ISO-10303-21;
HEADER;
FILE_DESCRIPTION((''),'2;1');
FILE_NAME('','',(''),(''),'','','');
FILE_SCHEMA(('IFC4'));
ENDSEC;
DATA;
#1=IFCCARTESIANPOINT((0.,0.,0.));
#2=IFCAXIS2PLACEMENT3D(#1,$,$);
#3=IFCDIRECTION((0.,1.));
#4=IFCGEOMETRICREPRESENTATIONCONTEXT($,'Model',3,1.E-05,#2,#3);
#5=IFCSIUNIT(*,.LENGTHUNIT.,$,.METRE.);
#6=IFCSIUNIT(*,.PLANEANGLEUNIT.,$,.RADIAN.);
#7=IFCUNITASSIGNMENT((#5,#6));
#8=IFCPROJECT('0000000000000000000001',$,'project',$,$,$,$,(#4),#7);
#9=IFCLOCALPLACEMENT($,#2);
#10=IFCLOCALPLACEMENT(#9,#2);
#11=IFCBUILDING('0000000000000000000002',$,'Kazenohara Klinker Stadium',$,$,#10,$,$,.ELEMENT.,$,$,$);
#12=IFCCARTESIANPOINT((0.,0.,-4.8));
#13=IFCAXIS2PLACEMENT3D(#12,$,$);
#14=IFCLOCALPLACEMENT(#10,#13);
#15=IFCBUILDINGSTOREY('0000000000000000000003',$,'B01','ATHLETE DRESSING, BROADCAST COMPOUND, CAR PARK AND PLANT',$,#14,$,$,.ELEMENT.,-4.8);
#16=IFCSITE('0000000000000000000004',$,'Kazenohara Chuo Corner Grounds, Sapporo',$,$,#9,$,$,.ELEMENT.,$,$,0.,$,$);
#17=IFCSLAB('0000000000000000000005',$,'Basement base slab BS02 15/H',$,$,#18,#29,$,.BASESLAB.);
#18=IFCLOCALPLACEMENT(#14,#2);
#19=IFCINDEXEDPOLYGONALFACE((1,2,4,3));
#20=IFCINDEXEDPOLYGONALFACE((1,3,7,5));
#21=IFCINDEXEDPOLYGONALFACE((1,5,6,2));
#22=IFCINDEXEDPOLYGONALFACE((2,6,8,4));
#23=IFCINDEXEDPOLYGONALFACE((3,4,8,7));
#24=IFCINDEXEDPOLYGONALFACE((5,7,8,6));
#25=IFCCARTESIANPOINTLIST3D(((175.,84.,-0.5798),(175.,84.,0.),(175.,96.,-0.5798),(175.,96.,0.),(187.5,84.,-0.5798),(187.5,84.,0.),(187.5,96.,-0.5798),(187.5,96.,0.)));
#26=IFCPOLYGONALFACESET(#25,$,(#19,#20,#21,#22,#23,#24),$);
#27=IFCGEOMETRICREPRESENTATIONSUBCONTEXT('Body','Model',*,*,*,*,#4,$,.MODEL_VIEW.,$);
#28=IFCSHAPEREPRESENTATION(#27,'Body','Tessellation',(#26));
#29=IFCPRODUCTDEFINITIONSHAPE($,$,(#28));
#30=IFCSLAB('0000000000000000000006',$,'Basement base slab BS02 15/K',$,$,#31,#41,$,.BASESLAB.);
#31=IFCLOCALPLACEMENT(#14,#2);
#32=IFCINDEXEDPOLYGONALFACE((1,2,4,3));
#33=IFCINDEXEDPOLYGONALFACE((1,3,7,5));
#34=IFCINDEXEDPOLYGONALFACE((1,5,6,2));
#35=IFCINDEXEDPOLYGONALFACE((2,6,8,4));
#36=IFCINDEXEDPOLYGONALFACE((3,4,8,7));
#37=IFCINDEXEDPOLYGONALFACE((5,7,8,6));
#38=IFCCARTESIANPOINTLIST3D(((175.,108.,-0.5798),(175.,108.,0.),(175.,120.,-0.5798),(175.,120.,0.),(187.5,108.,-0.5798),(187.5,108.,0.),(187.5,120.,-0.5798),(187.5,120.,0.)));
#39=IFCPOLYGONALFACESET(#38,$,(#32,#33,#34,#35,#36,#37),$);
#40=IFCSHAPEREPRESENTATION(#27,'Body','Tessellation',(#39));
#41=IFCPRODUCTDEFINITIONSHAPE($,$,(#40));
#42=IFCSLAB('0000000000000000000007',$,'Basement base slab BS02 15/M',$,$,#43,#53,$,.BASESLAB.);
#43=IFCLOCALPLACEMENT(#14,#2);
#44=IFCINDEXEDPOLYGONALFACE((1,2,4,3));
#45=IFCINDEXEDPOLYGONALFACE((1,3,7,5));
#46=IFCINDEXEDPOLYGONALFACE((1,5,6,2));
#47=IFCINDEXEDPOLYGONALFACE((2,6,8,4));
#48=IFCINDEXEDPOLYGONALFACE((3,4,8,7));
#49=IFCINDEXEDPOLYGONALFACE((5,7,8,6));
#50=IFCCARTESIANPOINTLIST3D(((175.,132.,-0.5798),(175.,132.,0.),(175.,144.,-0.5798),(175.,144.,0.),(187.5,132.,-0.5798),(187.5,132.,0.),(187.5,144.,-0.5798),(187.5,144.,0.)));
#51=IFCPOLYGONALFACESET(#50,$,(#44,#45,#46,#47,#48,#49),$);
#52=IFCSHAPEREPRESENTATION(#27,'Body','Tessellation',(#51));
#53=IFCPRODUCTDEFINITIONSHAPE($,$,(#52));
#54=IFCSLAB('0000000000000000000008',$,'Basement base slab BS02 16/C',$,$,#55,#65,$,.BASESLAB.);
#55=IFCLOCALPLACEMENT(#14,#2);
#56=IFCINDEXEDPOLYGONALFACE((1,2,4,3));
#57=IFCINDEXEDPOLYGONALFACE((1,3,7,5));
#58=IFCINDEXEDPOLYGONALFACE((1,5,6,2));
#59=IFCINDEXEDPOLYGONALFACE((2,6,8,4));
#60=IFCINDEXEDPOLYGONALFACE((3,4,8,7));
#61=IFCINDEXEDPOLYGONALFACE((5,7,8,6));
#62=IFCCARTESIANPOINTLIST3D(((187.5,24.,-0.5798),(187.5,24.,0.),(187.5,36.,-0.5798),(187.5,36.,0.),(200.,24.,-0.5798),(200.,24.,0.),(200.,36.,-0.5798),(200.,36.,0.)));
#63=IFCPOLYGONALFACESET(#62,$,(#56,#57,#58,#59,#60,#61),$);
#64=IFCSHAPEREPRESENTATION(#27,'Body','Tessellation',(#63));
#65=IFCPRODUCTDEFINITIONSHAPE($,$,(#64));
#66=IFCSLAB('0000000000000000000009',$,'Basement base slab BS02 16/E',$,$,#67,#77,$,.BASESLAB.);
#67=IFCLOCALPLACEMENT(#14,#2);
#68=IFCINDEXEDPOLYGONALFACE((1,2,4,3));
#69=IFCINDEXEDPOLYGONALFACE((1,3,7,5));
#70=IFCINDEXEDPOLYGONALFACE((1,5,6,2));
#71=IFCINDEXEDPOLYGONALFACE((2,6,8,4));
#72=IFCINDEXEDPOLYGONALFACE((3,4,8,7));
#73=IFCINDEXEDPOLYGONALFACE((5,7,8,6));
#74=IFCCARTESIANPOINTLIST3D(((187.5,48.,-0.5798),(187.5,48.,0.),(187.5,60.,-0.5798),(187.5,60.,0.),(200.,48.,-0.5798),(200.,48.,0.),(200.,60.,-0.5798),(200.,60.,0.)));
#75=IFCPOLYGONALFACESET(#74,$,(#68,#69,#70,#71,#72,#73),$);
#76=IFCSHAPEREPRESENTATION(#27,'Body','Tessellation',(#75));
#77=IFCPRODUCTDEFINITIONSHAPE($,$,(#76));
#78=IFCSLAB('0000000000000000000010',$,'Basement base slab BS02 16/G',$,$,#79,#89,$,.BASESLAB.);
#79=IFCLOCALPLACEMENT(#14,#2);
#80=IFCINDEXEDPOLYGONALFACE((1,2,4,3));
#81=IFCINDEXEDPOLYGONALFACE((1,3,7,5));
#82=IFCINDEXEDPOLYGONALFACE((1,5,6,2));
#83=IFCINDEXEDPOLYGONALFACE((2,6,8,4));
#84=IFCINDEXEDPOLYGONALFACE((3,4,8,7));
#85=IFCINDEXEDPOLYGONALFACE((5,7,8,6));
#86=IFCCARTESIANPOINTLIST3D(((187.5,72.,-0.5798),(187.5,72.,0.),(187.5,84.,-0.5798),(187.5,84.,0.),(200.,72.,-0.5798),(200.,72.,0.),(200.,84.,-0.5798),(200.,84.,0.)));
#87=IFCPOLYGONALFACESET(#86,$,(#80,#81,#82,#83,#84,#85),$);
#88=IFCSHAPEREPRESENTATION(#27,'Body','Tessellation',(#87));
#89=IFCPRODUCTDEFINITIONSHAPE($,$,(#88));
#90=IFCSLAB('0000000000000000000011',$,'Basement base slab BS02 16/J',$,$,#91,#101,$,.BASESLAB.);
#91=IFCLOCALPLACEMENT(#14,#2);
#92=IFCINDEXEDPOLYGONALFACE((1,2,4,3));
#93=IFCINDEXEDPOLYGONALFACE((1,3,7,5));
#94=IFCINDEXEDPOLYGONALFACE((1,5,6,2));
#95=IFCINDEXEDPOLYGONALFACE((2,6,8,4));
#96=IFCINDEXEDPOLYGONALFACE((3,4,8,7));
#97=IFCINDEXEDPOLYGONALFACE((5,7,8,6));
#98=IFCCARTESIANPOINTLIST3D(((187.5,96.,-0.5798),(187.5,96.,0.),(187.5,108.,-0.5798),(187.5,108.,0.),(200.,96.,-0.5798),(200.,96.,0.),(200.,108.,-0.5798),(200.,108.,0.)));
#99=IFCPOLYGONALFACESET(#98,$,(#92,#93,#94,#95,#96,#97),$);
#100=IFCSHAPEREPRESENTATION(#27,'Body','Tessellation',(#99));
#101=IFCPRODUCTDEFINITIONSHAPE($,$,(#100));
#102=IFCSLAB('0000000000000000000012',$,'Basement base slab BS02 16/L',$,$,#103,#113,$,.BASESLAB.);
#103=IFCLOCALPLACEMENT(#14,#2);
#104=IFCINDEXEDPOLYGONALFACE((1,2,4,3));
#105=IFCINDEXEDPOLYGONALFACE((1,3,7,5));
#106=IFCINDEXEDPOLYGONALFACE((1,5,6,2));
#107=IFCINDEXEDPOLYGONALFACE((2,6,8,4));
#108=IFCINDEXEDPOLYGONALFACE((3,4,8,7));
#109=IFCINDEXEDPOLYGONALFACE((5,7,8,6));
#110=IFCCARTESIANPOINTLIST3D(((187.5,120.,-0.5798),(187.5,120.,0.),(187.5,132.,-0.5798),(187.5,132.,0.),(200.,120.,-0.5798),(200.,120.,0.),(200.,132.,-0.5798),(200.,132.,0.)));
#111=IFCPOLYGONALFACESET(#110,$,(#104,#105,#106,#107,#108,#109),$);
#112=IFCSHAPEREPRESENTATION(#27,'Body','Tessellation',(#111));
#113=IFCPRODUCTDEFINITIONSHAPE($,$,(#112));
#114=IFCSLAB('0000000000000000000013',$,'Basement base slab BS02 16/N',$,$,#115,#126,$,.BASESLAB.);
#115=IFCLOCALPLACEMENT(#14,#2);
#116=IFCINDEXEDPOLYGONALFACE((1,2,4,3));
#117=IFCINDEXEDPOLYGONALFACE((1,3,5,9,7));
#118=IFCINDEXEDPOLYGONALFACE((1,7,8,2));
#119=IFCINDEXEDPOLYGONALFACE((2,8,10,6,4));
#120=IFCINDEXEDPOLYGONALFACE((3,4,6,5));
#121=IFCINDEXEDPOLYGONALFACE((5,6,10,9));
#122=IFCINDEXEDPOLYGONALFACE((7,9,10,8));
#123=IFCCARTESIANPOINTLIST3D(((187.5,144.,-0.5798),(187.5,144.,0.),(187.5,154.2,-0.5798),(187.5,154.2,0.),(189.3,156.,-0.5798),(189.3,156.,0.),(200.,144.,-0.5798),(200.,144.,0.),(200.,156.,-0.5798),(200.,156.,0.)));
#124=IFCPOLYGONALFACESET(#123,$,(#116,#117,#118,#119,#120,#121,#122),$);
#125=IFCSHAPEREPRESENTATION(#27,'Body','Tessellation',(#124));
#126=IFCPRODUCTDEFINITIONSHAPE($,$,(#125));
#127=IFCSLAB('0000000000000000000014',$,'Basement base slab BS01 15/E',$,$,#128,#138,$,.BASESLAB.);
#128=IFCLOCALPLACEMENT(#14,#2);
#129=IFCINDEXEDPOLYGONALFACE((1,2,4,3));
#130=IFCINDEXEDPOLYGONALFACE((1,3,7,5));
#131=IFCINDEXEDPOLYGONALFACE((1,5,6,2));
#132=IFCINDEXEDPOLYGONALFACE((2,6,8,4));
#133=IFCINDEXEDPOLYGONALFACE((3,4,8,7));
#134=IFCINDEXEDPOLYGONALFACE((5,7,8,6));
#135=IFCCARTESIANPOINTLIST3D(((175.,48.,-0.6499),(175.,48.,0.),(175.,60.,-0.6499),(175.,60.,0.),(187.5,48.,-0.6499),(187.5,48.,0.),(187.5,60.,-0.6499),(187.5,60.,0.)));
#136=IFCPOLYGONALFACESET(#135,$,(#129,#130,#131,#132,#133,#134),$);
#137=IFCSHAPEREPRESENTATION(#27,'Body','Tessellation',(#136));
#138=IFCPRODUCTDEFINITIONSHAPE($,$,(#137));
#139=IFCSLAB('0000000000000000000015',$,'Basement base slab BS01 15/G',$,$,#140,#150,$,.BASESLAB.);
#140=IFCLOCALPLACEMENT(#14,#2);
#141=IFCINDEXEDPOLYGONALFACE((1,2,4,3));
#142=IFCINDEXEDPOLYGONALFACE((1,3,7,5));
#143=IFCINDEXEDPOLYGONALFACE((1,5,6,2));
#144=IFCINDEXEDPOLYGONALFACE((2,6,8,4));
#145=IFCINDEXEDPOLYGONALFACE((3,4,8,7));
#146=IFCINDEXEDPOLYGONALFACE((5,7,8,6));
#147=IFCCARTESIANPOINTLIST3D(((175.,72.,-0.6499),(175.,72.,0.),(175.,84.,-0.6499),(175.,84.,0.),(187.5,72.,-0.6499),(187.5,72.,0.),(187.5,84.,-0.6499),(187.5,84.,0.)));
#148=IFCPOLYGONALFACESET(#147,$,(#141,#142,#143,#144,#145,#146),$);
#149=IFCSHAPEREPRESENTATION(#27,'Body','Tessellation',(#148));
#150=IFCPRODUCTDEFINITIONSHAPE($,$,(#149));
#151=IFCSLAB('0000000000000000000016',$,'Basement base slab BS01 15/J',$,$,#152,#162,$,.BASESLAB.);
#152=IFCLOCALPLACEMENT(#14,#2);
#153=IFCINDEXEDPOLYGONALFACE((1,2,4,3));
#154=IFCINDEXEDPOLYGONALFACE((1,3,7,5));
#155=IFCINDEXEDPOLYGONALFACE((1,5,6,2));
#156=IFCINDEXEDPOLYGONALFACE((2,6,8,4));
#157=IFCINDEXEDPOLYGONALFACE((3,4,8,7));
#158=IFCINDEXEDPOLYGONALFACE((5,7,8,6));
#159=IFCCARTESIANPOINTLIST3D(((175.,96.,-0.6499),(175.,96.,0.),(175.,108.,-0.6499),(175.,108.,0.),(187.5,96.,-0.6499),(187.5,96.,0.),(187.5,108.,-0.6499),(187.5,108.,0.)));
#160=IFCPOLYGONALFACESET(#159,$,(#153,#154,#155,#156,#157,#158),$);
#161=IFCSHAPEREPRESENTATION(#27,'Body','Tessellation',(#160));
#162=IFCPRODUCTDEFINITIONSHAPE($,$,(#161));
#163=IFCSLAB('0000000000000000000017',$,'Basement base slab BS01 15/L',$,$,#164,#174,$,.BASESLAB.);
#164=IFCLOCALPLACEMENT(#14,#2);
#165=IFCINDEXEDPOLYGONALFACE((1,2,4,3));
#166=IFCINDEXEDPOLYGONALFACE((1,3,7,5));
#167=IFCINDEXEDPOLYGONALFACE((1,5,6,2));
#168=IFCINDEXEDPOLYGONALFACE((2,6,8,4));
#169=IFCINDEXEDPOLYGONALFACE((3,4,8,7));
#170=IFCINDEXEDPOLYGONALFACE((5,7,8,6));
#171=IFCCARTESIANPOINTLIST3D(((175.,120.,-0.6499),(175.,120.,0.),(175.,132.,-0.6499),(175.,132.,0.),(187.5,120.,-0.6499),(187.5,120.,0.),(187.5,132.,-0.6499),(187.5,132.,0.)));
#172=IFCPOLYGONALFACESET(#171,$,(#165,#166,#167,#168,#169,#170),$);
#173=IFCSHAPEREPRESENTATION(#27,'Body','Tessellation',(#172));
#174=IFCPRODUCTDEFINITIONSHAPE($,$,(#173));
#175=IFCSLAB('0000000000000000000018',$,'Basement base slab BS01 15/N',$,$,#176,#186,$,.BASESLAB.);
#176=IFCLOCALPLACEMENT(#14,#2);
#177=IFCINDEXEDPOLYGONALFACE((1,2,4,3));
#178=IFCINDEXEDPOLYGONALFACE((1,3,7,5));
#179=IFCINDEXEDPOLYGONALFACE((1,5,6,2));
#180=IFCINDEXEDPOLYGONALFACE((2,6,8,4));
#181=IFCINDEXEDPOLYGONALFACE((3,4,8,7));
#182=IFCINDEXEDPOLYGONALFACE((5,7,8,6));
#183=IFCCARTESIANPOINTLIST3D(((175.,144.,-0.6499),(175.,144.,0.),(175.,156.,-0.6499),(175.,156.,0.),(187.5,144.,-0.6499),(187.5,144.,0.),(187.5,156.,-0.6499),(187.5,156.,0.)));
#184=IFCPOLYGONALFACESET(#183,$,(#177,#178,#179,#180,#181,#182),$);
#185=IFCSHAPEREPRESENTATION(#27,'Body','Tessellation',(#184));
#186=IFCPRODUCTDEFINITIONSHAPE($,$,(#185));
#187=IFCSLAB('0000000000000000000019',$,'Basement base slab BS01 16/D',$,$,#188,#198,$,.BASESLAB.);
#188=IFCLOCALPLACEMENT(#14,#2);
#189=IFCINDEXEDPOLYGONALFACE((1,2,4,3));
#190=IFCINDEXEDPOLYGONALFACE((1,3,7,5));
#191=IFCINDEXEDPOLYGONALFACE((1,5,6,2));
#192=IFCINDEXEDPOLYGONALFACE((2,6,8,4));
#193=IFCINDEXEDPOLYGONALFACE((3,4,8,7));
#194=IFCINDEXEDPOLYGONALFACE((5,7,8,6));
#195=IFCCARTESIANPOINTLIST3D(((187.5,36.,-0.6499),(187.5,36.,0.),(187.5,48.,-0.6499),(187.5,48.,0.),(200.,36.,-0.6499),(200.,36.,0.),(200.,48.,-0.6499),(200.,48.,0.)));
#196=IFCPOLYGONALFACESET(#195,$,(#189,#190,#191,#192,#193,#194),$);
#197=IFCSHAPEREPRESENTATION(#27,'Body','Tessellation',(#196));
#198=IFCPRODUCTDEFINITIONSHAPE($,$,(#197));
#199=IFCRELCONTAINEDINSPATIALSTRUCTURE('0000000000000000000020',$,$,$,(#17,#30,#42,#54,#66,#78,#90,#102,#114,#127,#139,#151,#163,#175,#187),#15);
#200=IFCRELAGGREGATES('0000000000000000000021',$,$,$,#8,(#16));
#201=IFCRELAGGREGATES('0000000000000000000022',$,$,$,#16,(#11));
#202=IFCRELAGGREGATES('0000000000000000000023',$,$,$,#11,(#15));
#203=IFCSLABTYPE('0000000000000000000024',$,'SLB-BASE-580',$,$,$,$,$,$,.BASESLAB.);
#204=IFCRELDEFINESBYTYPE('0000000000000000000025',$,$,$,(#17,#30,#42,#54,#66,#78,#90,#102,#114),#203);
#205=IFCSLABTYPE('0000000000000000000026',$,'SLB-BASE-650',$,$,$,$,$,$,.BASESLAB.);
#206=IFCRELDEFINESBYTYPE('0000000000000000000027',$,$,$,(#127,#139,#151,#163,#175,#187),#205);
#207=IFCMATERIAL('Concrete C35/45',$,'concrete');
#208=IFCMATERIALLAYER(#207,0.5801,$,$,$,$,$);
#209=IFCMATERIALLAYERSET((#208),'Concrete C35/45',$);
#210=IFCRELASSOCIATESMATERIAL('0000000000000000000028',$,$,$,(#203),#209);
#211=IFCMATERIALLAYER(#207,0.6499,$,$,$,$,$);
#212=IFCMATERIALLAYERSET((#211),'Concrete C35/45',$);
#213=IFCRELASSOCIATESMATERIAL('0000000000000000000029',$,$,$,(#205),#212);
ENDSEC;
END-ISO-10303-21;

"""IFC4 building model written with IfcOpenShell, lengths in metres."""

from ifc_helpers import new_model, si_unit, direction, frame, origin, place, context, subcontext, project, spatial, polyline, outline, extrude, material, layer, layer_set, type_object, element, save


model = new_model("IFC4")

# Units and contexts
model_context = context("Model", 3, precision=1e-05, world=origin(), true_north=direction((0.0, 1.0)))
body_context = subcontext(model_context, "Body", "Model", "MODEL_VIEW")
ifc_project = project(units=[si_unit("LENGTHUNIT", "METRE"), si_unit("PLANEANGLEUNIT", "RADIAN")], contexts=[model_context])

# Site, building, storey
site_placement = place(None, origin())
site = spatial("IfcSite", under=ifc_project, at=site_placement, Name="Kazenohara Chuo Corner Grounds, Sapporo", CompositionType="ELEMENT", RefElevation=0.0)
building_placement = place(site_placement, origin())
building = spatial("IfcBuilding", under=site, at=building_placement, Name="Kazenohara Klinker Stadium", CompositionType="ELEMENT")
storey_placement = place(building_placement, frame((0.0, 0.0, -4.8)))
storey = spatial("IfcBuildingStorey", under=building, at=storey_placement, Name="B01", Description="ATHLETE DRESSING, BROADCAST COMPOUND, CAR PARK AND PLANT", CompositionType="ELEMENT", Elevation=-4.8)

# Shared definitions
ifc_material_1 = material(Name="Concrete C35/45", Category="concrete")

# Slabs
ifc_layer_1 = layer(ifc_material_1, 0.5801)
ifc_layer_set_1 = layer_set([ifc_layer_1], Name="Concrete C35/45")
slab_type_1 = type_object("IfcSlabType", Name="SLB-BASE-580", PredefinedType="BASESLAB", material=ifc_layer_set_1)
slab_1_placement = place(storey_placement, frame((0.0, 0.0, -0.5798)))
element("IfcSlab", 1, at=slab_1_placement, inside=storey, type_object=slab_type_1, Name="Basement base slab BS02 15/H", PredefinedType="BASESLAB", context=body_context, shape_type="SweptSolid", body=[
    extrude(outline(polyline([(175.0, 84.0), (187.5, 84.0), (187.5, 96.0), (175.0, 96.0), (175.0, 84.0)])), origin(), (0.0, 0.0, 1.0), 0.5798),
])
slab_2_placement = place(storey_placement, frame((0.0, 0.0, -0.5798)))
element("IfcSlab", 2, at=slab_2_placement, inside=storey, type_object=slab_type_1, Name="Basement base slab BS02 15/K", PredefinedType="BASESLAB", context=body_context, shape_type="SweptSolid", body=[
    extrude(outline(polyline([(175.0, 108.0), (187.5, 108.0), (187.5, 120.0), (175.0, 120.0), (175.0, 108.0)])), origin(), (0.0, 0.0, 1.0), 0.5798),
])
slab_3_placement = place(storey_placement, frame((0.0, 0.0, -0.5798)))
element("IfcSlab", 3, at=slab_3_placement, inside=storey, type_object=slab_type_1, Name="Basement base slab BS02 15/M", PredefinedType="BASESLAB", context=body_context, shape_type="SweptSolid", body=[
    extrude(outline(polyline([(175.0, 132.0), (187.5, 132.0), (187.5, 144.0), (175.0, 144.0), (175.0, 132.0)])), origin(), (0.0, 0.0, 1.0), 0.5798),
])
slab_4_placement = place(storey_placement, frame((0.0, 0.0, -0.5798)))
element("IfcSlab", 4, at=slab_4_placement, inside=storey, type_object=slab_type_1, Name="Basement base slab BS02 16/C", PredefinedType="BASESLAB", context=body_context, shape_type="SweptSolid", body=[
    extrude(outline(polyline([(187.5, 24.0), (200.0, 24.0), (200.0, 36.0), (187.5, 36.0), (187.5, 24.0)])), origin(), (0.0, 0.0, 1.0), 0.5798),
])
slab_5_placement = place(storey_placement, frame((0.0, 0.0, -0.5798)))
element("IfcSlab", 5, at=slab_5_placement, inside=storey, type_object=slab_type_1, Name="Basement base slab BS02 16/E", PredefinedType="BASESLAB", context=body_context, shape_type="SweptSolid", body=[
    extrude(outline(polyline([(187.5, 48.0), (200.0, 48.0), (200.0, 60.0), (187.5, 60.0), (187.5, 48.0)])), origin(), (0.0, 0.0, 1.0), 0.5798),
])
slab_6_placement = place(storey_placement, frame((0.0, 0.0, -0.5798)))
element("IfcSlab", 6, at=slab_6_placement, inside=storey, type_object=slab_type_1, Name="Basement base slab BS02 16/G", PredefinedType="BASESLAB", context=body_context, shape_type="SweptSolid", body=[
    extrude(outline(polyline([(187.5, 72.0), (200.0, 72.0), (200.0, 84.0), (187.5, 84.0), (187.5, 72.0)])), origin(), (0.0, 0.0, 1.0), 0.5798),
])
slab_7_placement = place(storey_placement, frame((0.0, 0.0, -0.5798)))
element("IfcSlab", 7, at=slab_7_placement, inside=storey, type_object=slab_type_1, Name="Basement base slab BS02 16/J", PredefinedType="BASESLAB", context=body_context, shape_type="SweptSolid", body=[
    extrude(outline(polyline([(187.5, 96.0), (200.0, 96.0), (200.0, 108.0), (187.5, 108.0), (187.5, 96.0)])), origin(), (0.0, 0.0, 1.0), 0.5798),
])
slab_8_placement = place(storey_placement, frame((0.0, 0.0, -0.5798)))
element("IfcSlab", 8, at=slab_8_placement, inside=storey, type_object=slab_type_1, Name="Basement base slab BS02 16/L", PredefinedType="BASESLAB", context=body_context, shape_type="SweptSolid", body=[
    extrude(outline(polyline([(187.5, 120.0), (200.0, 120.0), (200.0, 132.0), (187.5, 132.0), (187.5, 120.0)])), origin(), (0.0, 0.0, 1.0), 0.5798),
])
slab_9_placement = place(storey_placement, frame((0.0, 0.0, -0.5798)))
element("IfcSlab", 9, at=slab_9_placement, inside=storey, type_object=slab_type_1, Name="Basement base slab BS02 16/N", PredefinedType="BASESLAB", context=body_context, shape_type="SweptSolid", body=[
    extrude(outline(polyline([(187.5, 144.0), (200.0, 144.0), (200.0, 156.0), (189.3, 156.0), (187.5, 154.2), (187.5, 144.0)])), origin(), (0.0, 0.0, 1.0), 0.5798),
])
ifc_layer_2 = layer(ifc_material_1, 0.6499)
ifc_layer_set_2 = layer_set([ifc_layer_2], Name="Concrete C35/45")
slab_type_2 = type_object("IfcSlabType", Name="SLB-BASE-650", PredefinedType="BASESLAB", material=ifc_layer_set_2)
slab_10_placement = place(storey_placement, frame((0.0, 0.0, -0.6499)))
element("IfcSlab", 10, at=slab_10_placement, inside=storey, type_object=slab_type_2, Name="Basement base slab BS01 15/E", PredefinedType="BASESLAB", context=body_context, shape_type="SweptSolid", body=[
    extrude(outline(polyline([(175.0, 48.0), (187.5, 48.0), (187.5, 60.0), (175.0, 60.0), (175.0, 48.0)])), origin(), (0.0, 0.0, 1.0), 0.6499),
])
slab_11_placement = place(storey_placement, frame((0.0, 0.0, -0.6499)))
element("IfcSlab", 11, at=slab_11_placement, inside=storey, type_object=slab_type_2, Name="Basement base slab BS01 15/G", PredefinedType="BASESLAB", context=body_context, shape_type="SweptSolid", body=[
    extrude(outline(polyline([(175.0, 72.0), (187.5, 72.0), (187.5, 84.0), (175.0, 84.0), (175.0, 72.0)])), origin(), (0.0, 0.0, 1.0), 0.6499),
])
slab_12_placement = place(storey_placement, frame((0.0, 0.0, -0.6499)))
element("IfcSlab", 12, at=slab_12_placement, inside=storey, type_object=slab_type_2, Name="Basement base slab BS01 15/J", PredefinedType="BASESLAB", context=body_context, shape_type="SweptSolid", body=[
    extrude(outline(polyline([(175.0, 96.0), (187.5, 96.0), (187.5, 108.0), (175.0, 108.0), (175.0, 96.0)])), origin(), (0.0, 0.0, 1.0), 0.6499),
])
slab_13_placement = place(storey_placement, frame((0.0, 0.0, -0.6499)))
element("IfcSlab", 13, at=slab_13_placement, inside=storey, type_object=slab_type_2, Name="Basement base slab BS01 15/L", PredefinedType="BASESLAB", context=body_context, shape_type="SweptSolid", body=[
    extrude(outline(polyline([(175.0, 120.0), (187.5, 120.0), (187.5, 132.0), (175.0, 132.0), (175.0, 120.0)])), origin(), (0.0, 0.0, 1.0), 0.6499),
])
slab_14_placement = place(storey_placement, frame((0.0, 0.0, -0.6499)))
element("IfcSlab", 14, at=slab_14_placement, inside=storey, type_object=slab_type_2, Name="Basement base slab BS01 15/N", PredefinedType="BASESLAB", context=body_context, shape_type="SweptSolid", body=[
    extrude(outline(polyline([(175.0, 144.0), (187.5, 144.0), (187.5, 156.0), (175.0, 156.0), (175.0, 144.0)])), origin(), (0.0, 0.0, 1.0), 0.6499),
])
slab_15_placement = place(storey_placement, frame((0.0, 0.0, -0.6499)))
element("IfcSlab", 15, at=slab_15_placement, inside=storey, type_object=slab_type_2, Name="Basement base slab BS01 16/D", PredefinedType="BASESLAB", context=body_context, shape_type="SweptSolid", body=[
    extrude(outline(polyline([(187.5, 36.0), (200.0, 36.0), (200.0, 48.0), (187.5, 48.0), (187.5, 36.0)])), origin(), (0.0, 0.0, 1.0), 0.6499),
])

save(model, "model.ifc")
